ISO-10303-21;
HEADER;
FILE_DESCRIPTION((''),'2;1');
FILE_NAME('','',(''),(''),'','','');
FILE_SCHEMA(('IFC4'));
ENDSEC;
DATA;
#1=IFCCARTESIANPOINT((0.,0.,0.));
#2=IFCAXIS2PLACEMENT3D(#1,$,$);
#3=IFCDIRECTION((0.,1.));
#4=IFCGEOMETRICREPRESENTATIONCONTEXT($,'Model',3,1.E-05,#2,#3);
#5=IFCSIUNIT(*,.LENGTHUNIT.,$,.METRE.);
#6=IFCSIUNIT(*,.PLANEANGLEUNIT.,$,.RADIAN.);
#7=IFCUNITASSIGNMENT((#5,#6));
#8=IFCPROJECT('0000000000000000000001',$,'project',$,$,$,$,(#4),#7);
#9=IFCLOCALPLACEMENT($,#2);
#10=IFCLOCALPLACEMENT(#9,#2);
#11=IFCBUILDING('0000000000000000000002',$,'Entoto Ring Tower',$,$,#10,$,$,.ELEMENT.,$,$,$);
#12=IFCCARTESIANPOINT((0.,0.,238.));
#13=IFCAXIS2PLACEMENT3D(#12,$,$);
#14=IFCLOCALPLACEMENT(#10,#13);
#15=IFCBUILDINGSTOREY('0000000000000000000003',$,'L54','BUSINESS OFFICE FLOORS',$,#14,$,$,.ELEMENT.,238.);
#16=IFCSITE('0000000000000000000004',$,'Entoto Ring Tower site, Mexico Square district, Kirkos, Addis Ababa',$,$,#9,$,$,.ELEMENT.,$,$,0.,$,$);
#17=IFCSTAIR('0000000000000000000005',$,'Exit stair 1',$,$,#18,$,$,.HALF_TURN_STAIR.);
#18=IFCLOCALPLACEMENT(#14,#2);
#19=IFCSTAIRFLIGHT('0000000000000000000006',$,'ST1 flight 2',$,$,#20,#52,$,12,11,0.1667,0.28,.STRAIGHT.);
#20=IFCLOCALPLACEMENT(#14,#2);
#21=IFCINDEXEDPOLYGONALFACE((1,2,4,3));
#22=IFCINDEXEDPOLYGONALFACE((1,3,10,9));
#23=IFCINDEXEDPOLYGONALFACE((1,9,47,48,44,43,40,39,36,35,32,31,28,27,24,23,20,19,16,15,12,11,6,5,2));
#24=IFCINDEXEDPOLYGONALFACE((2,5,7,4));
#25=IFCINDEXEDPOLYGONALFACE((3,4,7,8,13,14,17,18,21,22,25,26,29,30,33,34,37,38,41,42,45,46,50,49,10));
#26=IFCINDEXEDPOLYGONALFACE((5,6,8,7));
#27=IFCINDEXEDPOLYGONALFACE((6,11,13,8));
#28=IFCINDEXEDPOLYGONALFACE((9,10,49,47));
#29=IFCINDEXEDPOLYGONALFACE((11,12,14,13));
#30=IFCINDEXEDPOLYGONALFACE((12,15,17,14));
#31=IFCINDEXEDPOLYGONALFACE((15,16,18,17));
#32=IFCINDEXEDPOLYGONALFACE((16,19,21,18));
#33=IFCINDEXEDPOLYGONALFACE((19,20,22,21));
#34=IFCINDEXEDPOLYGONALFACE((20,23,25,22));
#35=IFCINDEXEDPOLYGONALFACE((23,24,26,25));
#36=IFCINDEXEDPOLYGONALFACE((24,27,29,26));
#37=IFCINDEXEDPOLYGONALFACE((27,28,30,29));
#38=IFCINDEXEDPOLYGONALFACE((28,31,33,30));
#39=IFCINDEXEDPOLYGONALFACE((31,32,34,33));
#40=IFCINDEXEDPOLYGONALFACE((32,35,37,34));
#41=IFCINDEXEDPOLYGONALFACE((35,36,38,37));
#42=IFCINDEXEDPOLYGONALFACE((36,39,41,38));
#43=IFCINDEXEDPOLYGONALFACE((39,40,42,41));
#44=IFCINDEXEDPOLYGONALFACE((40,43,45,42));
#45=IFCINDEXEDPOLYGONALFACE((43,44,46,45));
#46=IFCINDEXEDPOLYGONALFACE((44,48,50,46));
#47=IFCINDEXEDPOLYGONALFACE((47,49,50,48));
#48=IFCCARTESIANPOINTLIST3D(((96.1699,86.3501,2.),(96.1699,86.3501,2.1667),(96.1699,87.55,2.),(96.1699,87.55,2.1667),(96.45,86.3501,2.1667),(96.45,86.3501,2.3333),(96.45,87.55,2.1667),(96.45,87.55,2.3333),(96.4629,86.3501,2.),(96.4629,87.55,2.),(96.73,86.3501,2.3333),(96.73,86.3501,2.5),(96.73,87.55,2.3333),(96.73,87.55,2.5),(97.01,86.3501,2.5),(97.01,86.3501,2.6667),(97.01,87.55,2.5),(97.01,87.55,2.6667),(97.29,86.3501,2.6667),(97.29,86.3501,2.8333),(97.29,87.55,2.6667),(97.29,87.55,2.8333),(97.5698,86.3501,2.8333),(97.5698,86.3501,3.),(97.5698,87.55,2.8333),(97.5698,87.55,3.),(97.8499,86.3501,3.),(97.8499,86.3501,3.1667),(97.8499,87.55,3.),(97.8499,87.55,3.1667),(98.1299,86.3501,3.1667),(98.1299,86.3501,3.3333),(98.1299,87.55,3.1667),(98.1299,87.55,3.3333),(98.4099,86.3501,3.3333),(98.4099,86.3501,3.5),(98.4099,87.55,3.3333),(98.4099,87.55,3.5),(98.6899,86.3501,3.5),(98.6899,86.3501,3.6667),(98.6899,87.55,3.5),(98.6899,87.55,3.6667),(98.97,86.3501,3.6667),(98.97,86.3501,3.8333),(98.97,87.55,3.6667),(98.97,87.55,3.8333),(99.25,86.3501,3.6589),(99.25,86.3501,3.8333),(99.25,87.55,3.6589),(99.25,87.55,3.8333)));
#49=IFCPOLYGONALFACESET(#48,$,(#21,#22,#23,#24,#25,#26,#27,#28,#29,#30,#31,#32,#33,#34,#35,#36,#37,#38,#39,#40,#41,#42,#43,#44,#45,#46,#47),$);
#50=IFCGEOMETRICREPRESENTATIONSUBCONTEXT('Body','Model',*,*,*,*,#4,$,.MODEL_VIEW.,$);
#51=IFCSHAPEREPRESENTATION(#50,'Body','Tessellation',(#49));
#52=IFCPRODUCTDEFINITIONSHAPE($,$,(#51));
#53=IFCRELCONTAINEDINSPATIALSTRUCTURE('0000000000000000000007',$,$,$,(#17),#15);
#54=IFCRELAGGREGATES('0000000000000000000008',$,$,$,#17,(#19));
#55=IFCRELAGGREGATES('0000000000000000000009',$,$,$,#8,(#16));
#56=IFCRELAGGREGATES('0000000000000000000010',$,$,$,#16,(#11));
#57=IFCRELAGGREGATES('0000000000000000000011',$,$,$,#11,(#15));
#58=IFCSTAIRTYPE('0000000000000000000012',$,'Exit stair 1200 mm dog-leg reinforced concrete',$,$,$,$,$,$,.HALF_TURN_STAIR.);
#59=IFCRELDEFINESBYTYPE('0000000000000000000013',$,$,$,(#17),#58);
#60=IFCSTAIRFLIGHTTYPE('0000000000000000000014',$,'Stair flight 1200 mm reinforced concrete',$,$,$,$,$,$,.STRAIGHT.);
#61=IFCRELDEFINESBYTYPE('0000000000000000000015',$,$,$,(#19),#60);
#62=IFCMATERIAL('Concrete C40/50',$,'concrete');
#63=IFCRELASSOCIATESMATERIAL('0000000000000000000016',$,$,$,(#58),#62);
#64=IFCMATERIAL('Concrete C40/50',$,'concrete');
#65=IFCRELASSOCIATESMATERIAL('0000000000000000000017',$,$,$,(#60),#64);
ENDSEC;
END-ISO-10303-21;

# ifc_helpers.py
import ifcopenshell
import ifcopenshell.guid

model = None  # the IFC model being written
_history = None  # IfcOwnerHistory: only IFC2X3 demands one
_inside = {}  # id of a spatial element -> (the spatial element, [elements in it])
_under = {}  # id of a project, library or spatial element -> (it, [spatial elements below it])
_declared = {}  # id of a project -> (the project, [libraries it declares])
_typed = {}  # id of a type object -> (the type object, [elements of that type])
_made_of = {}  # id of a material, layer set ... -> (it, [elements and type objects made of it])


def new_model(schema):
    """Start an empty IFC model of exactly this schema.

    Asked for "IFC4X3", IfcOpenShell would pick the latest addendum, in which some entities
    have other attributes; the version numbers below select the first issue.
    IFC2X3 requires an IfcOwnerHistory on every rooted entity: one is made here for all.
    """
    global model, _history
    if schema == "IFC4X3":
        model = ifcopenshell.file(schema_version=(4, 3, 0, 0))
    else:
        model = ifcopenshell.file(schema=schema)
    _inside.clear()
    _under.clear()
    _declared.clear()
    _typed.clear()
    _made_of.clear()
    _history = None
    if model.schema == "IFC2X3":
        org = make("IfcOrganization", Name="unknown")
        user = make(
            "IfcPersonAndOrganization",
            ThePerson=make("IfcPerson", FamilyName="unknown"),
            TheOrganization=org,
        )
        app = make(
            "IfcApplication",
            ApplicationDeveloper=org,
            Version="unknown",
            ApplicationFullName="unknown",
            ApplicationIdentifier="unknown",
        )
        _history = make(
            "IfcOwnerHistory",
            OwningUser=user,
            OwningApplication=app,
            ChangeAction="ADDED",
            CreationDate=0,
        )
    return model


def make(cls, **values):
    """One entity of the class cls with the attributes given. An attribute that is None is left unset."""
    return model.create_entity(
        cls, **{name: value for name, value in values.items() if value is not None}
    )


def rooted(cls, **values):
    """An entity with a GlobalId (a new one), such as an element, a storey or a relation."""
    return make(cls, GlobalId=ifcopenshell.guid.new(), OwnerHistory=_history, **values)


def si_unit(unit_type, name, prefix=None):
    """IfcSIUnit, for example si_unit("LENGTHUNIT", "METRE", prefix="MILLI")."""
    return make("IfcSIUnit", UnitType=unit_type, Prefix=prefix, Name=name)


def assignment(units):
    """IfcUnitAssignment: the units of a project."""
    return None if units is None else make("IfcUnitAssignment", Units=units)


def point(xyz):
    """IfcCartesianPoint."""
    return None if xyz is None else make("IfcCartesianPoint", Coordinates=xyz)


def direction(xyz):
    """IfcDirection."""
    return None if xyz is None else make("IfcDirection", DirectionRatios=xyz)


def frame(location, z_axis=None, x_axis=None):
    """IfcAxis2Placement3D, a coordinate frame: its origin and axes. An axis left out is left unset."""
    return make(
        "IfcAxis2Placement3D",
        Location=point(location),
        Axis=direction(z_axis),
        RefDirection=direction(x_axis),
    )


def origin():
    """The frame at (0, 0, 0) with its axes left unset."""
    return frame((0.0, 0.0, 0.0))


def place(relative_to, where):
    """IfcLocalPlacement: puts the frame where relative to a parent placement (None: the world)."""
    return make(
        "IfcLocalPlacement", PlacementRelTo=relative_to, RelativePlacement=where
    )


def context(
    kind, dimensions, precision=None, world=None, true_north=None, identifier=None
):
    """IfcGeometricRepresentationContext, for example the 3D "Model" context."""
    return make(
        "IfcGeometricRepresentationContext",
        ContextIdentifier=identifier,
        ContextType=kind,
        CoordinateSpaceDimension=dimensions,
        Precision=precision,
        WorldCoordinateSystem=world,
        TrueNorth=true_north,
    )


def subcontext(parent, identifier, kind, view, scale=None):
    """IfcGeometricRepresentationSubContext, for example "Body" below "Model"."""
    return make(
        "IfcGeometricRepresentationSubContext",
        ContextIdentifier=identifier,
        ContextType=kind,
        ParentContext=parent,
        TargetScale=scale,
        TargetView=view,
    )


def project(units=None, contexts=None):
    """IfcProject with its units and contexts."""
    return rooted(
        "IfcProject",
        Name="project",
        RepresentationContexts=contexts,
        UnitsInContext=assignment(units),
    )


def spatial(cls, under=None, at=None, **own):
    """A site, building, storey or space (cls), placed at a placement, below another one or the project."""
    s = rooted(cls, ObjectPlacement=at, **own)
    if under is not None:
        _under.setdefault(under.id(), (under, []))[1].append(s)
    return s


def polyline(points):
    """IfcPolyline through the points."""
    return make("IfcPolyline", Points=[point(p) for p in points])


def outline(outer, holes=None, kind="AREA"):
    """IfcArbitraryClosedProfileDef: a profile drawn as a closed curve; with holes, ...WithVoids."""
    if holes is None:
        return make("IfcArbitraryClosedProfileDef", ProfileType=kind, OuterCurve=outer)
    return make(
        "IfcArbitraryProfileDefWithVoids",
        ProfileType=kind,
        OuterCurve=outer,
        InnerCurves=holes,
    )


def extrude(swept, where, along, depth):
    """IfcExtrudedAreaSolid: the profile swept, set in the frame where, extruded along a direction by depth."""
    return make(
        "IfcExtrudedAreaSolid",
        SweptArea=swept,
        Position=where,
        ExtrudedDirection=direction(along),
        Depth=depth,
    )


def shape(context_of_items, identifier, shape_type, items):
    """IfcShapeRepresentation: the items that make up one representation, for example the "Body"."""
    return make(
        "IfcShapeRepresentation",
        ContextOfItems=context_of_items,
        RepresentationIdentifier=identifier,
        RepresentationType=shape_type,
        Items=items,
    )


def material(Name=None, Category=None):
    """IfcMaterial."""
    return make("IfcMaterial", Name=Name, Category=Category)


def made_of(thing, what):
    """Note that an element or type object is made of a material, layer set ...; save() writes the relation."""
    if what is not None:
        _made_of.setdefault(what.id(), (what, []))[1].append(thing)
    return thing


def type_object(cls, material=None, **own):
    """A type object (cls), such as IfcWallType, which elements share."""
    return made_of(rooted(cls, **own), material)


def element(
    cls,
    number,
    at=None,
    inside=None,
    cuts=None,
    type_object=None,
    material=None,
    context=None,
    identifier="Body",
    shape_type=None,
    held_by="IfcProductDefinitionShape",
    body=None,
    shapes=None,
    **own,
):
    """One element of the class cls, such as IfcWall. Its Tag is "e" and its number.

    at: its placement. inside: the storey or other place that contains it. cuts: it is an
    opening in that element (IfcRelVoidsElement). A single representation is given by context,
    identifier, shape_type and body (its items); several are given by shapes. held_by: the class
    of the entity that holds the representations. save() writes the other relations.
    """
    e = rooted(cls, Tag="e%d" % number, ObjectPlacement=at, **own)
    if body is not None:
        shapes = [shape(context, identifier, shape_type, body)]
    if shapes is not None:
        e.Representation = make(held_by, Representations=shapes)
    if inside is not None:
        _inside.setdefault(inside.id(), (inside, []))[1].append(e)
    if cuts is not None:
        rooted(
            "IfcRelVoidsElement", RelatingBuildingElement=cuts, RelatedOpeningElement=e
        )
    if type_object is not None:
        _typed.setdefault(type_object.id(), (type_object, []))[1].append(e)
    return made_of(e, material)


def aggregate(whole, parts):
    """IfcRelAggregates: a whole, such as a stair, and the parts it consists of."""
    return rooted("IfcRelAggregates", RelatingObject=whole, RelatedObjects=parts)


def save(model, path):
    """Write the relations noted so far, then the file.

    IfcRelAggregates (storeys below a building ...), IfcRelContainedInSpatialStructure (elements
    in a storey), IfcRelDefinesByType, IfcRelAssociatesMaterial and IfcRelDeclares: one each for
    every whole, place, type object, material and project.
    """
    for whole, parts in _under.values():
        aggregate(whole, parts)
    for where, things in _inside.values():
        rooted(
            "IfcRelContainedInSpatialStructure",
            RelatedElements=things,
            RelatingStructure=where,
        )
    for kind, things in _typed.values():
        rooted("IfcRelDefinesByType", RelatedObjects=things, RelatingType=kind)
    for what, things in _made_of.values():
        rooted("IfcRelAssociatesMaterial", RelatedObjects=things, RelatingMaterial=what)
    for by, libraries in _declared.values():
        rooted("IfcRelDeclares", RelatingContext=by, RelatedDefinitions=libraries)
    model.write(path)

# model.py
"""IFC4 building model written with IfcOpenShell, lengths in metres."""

from ifc_helpers import new_model, si_unit, direction, frame, origin, place, context, subcontext, project, spatial, polyline, outline, extrude, material, type_object, element, aggregate, save


model = new_model("IFC4")

# Units and contexts
model_context = context("Model", 3, precision=1e-05, world=origin(), true_north=direction((0.0, 1.0)))
body_context = subcontext(model_context, "Body", "Model", "MODEL_VIEW")
ifc_project = project(units=[si_unit("LENGTHUNIT", "METRE"), si_unit("PLANEANGLEUNIT", "RADIAN")], contexts=[model_context])

# Site, building, storey
site_placement = place(None, origin())
site = spatial("IfcSite", under=ifc_project, at=site_placement, Name="Entoto Ring Tower site, Mexico Square district, Kirkos, Addis Ababa", CompositionType="ELEMENT", RefElevation=0.0)
building_placement = place(site_placement, origin())
building = spatial("IfcBuilding", under=site, at=building_placement, Name="Entoto Ring Tower", CompositionType="ELEMENT")
storey_placement = place(building_placement, frame((0.0, 0.0, 238.0)))
storey = spatial("IfcBuildingStorey", under=building, at=storey_placement, Name="L54", Description="BUSINESS OFFICE FLOORS", CompositionType="ELEMENT", Elevation=238.0)

# Stair, stair flight
ifc_material_1 = material(Name="Concrete C40/50", Category="concrete")
stair_type = type_object("IfcStairType", Name="Exit stair 1200 mm dog-leg reinforced concrete", PredefinedType="HALF_TURN_STAIR", material=ifc_material_1)
stair_placement = place(storey_placement, origin())
stair = element("IfcStair", 1, at=stair_placement, inside=storey, type_object=stair_type, Name="Exit stair 1", PredefinedType="HALF_TURN_STAIR")
ifc_material_2 = material(Name="Concrete C40/50", Category="concrete")
stair_flight_type = type_object("IfcStairFlightType", Name="Stair flight 1200 mm reinforced concrete", PredefinedType="STRAIGHT", material=ifc_material_2)
stair_flight_1_placement = place(storey_placement, frame((96.1699, 86.95, 2.0), z_axis=(0.0, 0.0, 1.0), x_axis=(1.0, 0.0, 0.0)))
stair_flight_1 = element("IfcStairFlight", 2, at=stair_flight_1_placement, type_object=stair_flight_type, Name="ST1 flight 2", NumberOfRisers=12, NumberOfTreads=11, PredefinedType="STRAIGHT", RiserHeight=0.1667, TreadLength=0.28, context=body_context, shape_type="SweptSolid", body=[
    extrude(outline(polyline([(0.0, 0.0), (0.0, 0.1667), (0.28, 0.1667), (0.28, 0.3333), (0.5601, 0.3333), (0.5601, 0.5), (0.8401, 0.5), (0.8401, 0.6667), (1.1201, 0.6667), (1.1201, 0.8333), (1.3999, 0.8333), (1.3999, 1.0), (1.6799, 1.0), (1.6799, 1.1667), (1.96, 1.1667), (1.96, 1.3333), (2.24, 1.3333), (2.24, 1.5), (2.52, 1.5), (2.52, 1.6667), (2.8, 1.6667), (2.8, 1.8333), (3.0801, 1.8333), (3.0801, 2.0), (3.0801, 1.6589), (0.293, 0.0), (0.0, 0.0)])), frame((0.0, 0.6001, 0.0), z_axis=(0.0, -1.0, 0.0), x_axis=(1.0, 0.0, 0.0)), (0.0, 0.0, 1.0), 1.2),
])
aggregate(stair, [stair_flight_1])

save(model, "model.ifc")
